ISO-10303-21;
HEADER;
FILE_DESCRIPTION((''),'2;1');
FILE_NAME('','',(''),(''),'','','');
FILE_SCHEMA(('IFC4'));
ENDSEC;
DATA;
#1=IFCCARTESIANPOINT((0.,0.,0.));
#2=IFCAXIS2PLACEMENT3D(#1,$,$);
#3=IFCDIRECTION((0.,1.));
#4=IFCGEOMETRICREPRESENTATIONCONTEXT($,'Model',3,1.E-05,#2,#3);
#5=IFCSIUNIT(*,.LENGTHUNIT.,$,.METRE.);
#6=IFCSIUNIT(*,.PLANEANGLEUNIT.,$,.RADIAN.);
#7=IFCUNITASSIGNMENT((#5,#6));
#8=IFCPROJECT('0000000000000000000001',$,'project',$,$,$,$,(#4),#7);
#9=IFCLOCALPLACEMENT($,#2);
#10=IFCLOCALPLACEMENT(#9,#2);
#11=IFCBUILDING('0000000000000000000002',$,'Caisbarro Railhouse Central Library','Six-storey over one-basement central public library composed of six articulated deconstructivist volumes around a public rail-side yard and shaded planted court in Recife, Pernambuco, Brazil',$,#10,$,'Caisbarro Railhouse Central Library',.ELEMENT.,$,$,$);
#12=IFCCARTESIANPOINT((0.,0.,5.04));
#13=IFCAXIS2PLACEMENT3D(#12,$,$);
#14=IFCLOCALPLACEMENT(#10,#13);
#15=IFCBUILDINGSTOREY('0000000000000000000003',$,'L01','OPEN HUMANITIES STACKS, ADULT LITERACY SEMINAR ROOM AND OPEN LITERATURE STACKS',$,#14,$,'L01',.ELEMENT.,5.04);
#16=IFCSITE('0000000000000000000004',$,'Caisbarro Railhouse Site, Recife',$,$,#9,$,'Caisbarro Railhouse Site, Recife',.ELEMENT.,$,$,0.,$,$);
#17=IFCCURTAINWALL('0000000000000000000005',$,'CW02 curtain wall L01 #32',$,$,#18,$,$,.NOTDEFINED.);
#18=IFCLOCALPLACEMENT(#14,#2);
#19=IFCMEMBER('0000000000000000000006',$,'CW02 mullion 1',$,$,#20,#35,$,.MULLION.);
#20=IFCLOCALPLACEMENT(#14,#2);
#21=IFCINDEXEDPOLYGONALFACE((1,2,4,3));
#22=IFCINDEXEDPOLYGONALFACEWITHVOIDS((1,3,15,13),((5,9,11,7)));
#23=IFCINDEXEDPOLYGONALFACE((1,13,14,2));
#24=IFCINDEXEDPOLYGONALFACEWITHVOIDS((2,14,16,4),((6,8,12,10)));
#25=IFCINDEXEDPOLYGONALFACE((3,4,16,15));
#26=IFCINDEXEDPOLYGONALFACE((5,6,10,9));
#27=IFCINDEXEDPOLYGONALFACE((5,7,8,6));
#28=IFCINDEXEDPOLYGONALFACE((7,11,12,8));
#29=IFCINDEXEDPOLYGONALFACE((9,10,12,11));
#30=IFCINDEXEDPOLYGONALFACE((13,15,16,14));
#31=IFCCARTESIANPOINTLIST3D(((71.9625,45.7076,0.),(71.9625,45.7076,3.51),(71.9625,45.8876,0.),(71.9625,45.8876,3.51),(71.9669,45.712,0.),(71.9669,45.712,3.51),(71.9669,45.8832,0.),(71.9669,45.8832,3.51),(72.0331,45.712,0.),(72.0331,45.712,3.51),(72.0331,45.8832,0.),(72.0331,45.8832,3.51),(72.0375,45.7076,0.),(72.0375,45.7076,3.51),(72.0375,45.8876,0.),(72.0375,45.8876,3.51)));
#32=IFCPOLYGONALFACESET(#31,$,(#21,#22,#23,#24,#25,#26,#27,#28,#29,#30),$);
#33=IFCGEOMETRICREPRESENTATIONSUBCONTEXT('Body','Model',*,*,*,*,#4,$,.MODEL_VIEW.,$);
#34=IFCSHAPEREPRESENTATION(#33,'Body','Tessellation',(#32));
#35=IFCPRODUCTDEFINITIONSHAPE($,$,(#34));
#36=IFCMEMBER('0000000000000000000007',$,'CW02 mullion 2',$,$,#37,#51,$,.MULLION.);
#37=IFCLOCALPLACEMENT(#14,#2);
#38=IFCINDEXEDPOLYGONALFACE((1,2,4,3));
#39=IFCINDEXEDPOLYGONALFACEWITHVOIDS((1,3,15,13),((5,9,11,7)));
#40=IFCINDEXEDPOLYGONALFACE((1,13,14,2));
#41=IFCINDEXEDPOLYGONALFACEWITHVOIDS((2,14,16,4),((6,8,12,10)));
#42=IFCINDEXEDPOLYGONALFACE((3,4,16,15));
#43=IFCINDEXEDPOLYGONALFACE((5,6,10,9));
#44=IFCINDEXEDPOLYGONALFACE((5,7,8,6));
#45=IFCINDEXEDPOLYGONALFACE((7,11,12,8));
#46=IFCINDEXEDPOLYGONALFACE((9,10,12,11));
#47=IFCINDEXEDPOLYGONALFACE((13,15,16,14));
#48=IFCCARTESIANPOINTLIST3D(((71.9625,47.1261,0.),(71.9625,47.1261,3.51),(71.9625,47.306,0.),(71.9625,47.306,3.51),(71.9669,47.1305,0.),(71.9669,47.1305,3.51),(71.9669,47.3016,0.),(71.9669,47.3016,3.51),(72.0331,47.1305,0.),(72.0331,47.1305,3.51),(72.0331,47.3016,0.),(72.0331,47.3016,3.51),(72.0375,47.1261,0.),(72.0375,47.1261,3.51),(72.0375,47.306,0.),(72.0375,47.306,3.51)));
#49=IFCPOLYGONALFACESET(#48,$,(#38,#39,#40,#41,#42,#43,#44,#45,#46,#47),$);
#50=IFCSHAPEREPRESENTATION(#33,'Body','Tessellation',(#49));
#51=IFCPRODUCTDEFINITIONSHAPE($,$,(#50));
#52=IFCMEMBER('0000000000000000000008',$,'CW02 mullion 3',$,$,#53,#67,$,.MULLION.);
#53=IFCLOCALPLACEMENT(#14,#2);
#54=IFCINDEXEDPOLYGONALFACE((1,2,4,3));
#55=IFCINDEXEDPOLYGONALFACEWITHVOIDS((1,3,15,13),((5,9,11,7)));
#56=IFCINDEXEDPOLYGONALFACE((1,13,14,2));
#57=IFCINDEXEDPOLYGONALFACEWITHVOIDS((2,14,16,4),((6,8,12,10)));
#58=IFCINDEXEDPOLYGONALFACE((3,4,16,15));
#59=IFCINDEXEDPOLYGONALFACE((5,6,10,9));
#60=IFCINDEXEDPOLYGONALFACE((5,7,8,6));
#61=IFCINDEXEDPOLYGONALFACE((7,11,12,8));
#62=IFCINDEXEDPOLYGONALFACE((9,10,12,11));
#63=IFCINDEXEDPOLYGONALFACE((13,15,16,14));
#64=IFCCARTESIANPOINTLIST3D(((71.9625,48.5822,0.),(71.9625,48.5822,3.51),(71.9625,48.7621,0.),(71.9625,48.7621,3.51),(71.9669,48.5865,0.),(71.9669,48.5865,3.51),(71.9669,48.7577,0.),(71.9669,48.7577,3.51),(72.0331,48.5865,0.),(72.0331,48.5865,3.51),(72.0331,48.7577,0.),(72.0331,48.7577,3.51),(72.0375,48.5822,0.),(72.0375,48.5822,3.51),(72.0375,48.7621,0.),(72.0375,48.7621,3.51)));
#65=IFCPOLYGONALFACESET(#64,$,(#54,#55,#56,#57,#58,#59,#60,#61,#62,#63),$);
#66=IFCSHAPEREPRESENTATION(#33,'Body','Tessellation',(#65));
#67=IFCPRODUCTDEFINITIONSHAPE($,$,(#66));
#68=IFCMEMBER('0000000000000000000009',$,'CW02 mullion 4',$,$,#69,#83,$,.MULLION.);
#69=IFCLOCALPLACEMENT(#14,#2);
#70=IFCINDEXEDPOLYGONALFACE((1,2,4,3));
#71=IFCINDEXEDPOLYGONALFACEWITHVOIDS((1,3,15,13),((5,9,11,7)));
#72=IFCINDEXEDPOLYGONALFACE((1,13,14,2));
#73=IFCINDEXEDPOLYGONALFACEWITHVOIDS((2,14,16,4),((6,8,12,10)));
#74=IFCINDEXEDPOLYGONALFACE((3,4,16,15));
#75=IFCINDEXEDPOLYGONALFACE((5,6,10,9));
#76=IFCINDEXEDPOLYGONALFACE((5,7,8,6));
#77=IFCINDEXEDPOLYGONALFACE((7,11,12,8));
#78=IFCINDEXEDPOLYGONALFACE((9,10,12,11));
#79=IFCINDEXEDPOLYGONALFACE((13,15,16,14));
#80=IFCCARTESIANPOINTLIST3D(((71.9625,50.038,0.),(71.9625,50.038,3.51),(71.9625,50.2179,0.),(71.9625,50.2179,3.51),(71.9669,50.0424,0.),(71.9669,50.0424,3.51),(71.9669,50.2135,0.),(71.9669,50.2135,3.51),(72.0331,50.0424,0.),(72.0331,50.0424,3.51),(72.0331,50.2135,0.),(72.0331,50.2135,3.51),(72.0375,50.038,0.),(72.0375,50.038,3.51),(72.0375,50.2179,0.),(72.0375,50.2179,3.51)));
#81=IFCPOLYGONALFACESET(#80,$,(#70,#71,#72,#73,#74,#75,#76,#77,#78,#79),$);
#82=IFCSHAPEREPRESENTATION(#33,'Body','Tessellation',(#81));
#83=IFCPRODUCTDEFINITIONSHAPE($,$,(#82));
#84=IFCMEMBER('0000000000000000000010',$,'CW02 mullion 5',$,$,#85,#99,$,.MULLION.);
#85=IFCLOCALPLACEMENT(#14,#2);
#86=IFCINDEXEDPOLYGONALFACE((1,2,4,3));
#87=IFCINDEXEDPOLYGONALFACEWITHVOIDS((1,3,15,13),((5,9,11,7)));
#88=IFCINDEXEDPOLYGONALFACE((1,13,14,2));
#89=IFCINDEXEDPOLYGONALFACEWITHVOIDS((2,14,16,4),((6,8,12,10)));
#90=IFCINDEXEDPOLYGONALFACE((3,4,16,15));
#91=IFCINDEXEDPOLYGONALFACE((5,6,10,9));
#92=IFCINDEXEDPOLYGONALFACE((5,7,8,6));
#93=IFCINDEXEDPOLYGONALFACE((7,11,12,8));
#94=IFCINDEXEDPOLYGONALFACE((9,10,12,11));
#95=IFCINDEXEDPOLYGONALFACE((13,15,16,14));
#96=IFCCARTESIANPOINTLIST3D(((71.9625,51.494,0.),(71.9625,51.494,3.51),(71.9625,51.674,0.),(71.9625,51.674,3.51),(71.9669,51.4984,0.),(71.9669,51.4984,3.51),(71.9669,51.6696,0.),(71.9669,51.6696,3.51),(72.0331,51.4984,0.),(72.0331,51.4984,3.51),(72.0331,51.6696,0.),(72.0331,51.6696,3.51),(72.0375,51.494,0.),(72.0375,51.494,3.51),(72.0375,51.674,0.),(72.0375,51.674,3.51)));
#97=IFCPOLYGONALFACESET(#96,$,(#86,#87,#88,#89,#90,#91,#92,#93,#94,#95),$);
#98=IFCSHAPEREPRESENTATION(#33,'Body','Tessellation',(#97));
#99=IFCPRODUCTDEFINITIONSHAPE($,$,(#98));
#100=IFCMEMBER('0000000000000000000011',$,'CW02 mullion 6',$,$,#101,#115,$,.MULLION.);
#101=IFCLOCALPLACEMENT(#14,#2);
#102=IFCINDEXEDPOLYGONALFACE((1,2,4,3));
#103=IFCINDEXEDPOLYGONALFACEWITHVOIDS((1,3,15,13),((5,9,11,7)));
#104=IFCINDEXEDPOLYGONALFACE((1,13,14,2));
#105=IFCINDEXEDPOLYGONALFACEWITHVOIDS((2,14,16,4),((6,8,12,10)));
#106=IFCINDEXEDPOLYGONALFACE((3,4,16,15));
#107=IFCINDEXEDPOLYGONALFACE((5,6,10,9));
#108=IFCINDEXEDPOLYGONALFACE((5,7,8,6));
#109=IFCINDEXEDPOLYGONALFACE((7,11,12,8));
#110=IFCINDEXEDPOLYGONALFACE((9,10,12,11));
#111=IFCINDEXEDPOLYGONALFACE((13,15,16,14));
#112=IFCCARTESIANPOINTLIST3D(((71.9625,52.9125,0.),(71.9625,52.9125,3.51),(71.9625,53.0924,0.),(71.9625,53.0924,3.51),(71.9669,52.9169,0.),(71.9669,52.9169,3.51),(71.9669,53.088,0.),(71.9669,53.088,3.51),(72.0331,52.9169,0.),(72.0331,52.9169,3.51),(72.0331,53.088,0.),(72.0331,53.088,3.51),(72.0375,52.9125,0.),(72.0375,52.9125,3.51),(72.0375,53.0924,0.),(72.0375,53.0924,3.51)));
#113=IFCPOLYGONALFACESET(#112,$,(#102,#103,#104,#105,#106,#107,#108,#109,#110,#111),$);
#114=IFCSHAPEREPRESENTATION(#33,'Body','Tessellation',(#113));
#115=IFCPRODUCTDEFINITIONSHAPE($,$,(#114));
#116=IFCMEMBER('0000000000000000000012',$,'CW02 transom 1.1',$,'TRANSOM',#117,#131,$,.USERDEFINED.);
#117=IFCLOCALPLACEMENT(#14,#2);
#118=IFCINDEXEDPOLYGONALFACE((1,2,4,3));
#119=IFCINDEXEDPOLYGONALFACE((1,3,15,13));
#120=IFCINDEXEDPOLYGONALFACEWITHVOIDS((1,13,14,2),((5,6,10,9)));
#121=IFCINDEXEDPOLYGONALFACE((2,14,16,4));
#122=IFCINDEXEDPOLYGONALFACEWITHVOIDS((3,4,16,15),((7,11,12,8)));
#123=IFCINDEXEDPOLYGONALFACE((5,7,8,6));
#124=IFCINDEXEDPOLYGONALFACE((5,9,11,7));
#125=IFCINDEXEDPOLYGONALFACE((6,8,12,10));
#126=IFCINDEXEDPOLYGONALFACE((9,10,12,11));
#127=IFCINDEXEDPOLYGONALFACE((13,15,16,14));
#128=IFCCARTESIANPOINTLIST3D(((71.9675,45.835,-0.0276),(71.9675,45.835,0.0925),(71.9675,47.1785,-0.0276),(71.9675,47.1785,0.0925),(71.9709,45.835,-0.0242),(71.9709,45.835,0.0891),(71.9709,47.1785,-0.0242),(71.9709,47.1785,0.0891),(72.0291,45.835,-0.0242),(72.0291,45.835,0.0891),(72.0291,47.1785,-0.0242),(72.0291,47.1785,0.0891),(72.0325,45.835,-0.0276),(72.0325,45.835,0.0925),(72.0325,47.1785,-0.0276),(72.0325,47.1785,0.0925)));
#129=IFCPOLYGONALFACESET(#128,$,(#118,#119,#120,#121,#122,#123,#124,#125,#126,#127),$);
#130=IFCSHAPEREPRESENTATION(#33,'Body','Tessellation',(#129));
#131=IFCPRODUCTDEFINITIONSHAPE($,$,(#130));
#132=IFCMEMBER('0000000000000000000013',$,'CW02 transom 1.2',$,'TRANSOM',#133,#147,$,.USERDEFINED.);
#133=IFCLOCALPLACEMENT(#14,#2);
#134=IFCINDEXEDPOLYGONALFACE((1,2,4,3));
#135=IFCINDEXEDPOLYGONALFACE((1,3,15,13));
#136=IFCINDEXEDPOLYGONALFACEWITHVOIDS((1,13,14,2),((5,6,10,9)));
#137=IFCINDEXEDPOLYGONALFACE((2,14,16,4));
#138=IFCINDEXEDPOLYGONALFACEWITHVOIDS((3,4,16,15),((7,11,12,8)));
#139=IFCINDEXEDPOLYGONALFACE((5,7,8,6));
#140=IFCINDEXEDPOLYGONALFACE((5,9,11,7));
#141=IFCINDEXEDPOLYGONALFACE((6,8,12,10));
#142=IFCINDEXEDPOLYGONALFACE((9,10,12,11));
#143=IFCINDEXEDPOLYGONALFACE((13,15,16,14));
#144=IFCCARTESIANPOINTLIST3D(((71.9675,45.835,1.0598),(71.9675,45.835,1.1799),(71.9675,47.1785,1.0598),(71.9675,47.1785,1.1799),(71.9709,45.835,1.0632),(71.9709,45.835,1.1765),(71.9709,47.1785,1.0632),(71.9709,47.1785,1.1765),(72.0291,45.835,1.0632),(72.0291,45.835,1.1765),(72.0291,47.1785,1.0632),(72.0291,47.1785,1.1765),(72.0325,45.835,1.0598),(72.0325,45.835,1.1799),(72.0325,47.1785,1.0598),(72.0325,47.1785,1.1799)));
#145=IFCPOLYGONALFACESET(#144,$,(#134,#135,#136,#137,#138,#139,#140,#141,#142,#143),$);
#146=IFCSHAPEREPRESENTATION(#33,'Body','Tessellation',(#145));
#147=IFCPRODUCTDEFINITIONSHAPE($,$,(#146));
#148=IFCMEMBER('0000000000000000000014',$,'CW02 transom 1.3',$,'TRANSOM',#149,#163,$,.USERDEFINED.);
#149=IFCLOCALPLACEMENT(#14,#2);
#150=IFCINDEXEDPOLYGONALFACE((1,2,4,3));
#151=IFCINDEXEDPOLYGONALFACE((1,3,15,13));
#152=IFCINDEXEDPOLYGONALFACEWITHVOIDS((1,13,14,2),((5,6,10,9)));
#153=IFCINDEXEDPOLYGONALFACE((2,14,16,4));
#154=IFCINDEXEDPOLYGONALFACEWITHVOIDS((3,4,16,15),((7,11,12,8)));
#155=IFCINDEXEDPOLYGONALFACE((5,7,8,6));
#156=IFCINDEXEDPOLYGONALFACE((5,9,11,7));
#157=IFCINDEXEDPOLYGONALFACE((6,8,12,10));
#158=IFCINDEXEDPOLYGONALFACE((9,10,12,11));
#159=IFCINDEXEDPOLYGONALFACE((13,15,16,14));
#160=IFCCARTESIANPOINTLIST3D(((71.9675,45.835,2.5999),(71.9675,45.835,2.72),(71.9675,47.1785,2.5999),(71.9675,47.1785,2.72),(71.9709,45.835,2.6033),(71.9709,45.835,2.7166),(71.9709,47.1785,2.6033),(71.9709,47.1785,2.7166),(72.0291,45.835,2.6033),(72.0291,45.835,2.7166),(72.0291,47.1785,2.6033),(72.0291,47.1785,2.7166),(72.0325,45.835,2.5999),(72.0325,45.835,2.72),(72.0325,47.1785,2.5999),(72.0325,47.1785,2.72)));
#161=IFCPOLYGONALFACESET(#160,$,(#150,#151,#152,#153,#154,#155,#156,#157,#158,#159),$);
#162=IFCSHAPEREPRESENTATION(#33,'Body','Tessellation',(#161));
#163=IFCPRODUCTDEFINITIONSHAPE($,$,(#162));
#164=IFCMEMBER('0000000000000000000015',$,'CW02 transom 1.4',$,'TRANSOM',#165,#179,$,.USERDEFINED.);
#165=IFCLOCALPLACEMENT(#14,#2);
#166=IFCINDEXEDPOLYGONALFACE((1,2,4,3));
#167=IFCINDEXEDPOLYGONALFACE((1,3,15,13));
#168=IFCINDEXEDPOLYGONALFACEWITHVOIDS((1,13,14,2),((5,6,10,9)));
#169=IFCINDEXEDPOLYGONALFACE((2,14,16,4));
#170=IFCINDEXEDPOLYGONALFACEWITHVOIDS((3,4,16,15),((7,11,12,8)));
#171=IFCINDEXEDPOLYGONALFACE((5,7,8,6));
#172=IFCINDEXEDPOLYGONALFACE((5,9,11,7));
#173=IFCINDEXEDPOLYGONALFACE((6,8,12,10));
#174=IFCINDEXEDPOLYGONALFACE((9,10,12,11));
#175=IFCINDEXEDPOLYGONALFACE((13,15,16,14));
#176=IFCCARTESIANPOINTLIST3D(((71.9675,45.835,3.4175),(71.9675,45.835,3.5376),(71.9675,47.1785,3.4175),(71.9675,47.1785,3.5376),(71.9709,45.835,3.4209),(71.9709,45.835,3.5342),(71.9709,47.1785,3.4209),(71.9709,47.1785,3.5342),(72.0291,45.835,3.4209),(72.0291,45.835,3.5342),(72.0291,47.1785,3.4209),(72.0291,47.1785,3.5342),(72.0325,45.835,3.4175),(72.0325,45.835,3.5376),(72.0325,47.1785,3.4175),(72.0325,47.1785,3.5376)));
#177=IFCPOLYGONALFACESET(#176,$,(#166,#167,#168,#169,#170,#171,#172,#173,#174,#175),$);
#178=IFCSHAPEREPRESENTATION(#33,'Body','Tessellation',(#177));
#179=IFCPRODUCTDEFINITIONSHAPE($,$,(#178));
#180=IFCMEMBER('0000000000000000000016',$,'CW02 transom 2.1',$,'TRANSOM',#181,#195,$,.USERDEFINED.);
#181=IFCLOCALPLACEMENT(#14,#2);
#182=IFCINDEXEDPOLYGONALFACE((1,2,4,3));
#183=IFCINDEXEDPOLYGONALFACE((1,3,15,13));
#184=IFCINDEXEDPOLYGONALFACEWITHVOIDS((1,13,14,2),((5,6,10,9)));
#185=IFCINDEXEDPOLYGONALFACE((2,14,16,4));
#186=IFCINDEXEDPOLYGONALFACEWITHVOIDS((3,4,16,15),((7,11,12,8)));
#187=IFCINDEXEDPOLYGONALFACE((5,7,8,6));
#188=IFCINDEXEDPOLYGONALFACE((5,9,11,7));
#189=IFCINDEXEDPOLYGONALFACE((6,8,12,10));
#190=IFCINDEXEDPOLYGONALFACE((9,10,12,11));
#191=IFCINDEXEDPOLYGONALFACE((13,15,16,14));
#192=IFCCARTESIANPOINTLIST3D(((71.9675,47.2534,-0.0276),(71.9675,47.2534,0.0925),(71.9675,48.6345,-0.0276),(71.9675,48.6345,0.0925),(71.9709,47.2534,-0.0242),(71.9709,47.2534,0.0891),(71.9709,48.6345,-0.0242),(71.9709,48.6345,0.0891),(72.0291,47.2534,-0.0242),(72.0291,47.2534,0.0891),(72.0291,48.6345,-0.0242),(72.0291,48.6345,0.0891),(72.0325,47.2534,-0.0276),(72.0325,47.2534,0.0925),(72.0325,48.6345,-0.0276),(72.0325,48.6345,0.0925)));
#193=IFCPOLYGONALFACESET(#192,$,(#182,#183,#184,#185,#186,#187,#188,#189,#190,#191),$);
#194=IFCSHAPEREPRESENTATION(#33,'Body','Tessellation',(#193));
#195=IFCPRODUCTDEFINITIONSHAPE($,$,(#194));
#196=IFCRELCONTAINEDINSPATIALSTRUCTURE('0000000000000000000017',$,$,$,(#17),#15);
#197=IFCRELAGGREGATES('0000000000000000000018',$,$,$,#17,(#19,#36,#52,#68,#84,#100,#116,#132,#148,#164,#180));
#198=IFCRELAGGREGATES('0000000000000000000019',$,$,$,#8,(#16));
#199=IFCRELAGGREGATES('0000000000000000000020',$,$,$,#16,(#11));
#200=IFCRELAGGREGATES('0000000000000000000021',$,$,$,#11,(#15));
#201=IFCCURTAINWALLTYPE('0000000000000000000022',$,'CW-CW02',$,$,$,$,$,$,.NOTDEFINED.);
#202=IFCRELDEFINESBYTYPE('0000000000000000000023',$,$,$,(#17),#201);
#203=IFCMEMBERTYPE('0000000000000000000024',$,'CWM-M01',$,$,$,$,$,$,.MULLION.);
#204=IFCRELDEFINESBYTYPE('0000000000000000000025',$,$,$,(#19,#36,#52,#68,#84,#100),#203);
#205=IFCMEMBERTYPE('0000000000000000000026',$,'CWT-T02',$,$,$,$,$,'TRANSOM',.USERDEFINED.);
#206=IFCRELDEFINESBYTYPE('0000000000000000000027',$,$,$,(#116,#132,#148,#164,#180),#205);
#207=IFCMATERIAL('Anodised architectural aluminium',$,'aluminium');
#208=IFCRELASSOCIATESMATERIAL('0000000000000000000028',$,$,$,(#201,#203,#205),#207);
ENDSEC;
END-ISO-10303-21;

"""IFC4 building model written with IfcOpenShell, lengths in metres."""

from ifc_helpers import new_model, si_unit, direction, frame, origin, origin_2d, place, context, subcontext, project, spatial, hollow_rectangle, extrude, material, material_profile, profile_set, type_object, element, aggregate, save


model = new_model("IFC4")

# Units and contexts
model_context = context("Model", 3, precision=1e-05, world=origin(), true_north=direction((0.0, 1.0)))
body_context = subcontext(model_context, "Body", "Model", "MODEL_VIEW")
ifc_project = project(units=[si_unit("LENGTHUNIT", "METRE"), si_unit("PLANEANGLEUNIT", "RADIAN")], contexts=[model_context])

# Site, building, storey
site_placement = place(None, origin())
site = spatial("IfcSite", under=ifc_project, at=site_placement, Name="Caisbarro Railhouse Site, Recife", LongName="Caisbarro Railhouse Site, Recife", CompositionType="ELEMENT", RefElevation=0.0)
building_placement = place(site_placement, origin())
building = spatial("IfcBuilding", under=site, at=building_placement, Name="Caisbarro Railhouse Central Library", Description="Six-storey over one-basement central public library composed of six articulated deconstructivist volumes around a public rail-side yard and shaded planted court in Recife, Pernambuco, Brazil", LongName="Caisbarro Railhouse Central Library", CompositionType="ELEMENT")
storey_placement = place(building_placement, frame((0.0, 0.0, 5.04)))
storey = spatial("IfcBuildingStorey", under=building, at=storey_placement, Name="L01", Description="OPEN HUMANITIES STACKS, ADULT LITERACY SEMINAR ROOM AND OPEN LITERATURE STACKS", LongName="L01", CompositionType="ELEMENT", Elevation=5.04)

# Curtain wall, members
ifc_material_1 = material(Name="Anodised architectural aluminium", Category="aluminium")
curtain_wall_type = type_object("IfcCurtainWallType", Name="CW-CW02", PredefinedType="NOTDEFINED", material=ifc_material_1)
curtain_wall_placement = place(storey_placement, origin())
curtain_wall = element("IfcCurtainWall", 1, at=curtain_wall_placement, inside=storey, type_object=curtain_wall_type, Name="CW02 curtain wall L01 #32", PredefinedType="NOTDEFINED")
ifc_material_profile_1 = material_profile(ifc_material_1, hollow_rectangle(XDim=0.075, YDim=0.1799, WallThickness=0.0044, at=origin_2d()), Name="ALU-MUL-75X180")
ifc_profile_set_1 = profile_set([ifc_material_profile_1], Name="Anodised architectural aluminium")
member_type_1 = type_object("IfcMemberType", Name="CWM-M01", PredefinedType="MULLION", material=ifc_profile_set_1)
member_1_placement = place(storey_placement, frame((72.0, 45.7976, 0.0), z_axis=(0.0, 0.0, 1.0), x_axis=(-1.0, 0.0, 0.0)))
member_1 = element("IfcMember", 2, at=member_1_placement, type_object=member_type_1, Name="CW02 mullion 1", PredefinedType="MULLION", context=body_context, shape_type="SweptSolid", body=[
    extrude(hollow_rectangle(XDim=0.075, YDim=0.1799, WallThickness=0.0044, at=origin_2d()), origin(), (0.0, 0.0, 1.0), 3.51),
])
member_2_placement = place(storey_placement, frame((72.0, 47.2161, 0.0), z_axis=(0.0, 0.0, 1.0), x_axis=(-1.0, 0.0, 0.0)))
member_2 = element("IfcMember", 3, at=member_2_placement, type_object=member_type_1, Name="CW02 mullion 2", PredefinedType="MULLION", context=body_context, shape_type="SweptSolid", body=[
    extrude(hollow_rectangle(XDim=0.075, YDim=0.1799, WallThickness=0.0044, at=origin_2d()), origin(), (0.0, 0.0, 1.0), 3.51),
])
member_3_placement = place(storey_placement, frame((72.0, 48.6721, 0.0), z_axis=(0.0, 0.0, 1.0), x_axis=(-1.0, 0.0, 0.0)))
member_3 = element("IfcMember", 4, at=member_3_placement, type_object=member_type_1, Name="CW02 mullion 3", PredefinedType="MULLION", context=body_context, shape_type="SweptSolid", body=[
    extrude(hollow_rectangle(XDim=0.075, YDim=0.1799, WallThickness=0.0044, at=origin_2d()), origin(), (0.0, 0.0, 1.0), 3.51),
])
member_4_placement = place(storey_placement, frame((72.0, 50.1279, 0.0), z_axis=(0.0, 0.0, 1.0), x_axis=(-1.0, 0.0, 0.0)))
member_4 = element("IfcMember", 5, at=member_4_placement, type_object=member_type_1, Name="CW02 mullion 4", PredefinedType="MULLION", context=body_context, shape_type="SweptSolid", body=[
    extrude(hollow_rectangle(XDim=0.075, YDim=0.1799, WallThickness=0.0044, at=origin_2d()), origin(), (0.0, 0.0, 1.0), 3.51),
])
member_5_placement = place(storey_placement, frame((72.0, 51.584, 0.0), z_axis=(0.0, 0.0, 1.0), x_axis=(-1.0, 0.0, 0.0)))
member_5 = element("IfcMember", 6, at=member_5_placement, type_object=member_type_1, Name="CW02 mullion 5", PredefinedType="MULLION", context=body_context, shape_type="SweptSolid", body=[
    extrude(hollow_rectangle(XDim=0.075, YDim=0.1799, WallThickness=0.0044, at=origin_2d()), origin(), (0.0, 0.0, 1.0), 3.51),
])
member_6_placement = place(storey_placement, frame((72.0, 53.0024, 0.0), z_axis=(0.0, 0.0, 1.0), x_axis=(-1.0, 0.0, 0.0)))
member_6 = element("IfcMember", 7, at=member_6_placement, type_object=member_type_1, Name="CW02 mullion 6", PredefinedType="MULLION", context=body_context, shape_type="SweptSolid", body=[
    extrude(hollow_rectangle(XDim=0.075, YDim=0.1799, WallThickness=0.0044, at=origin_2d()), origin(), (0.0, 0.0, 1.0), 3.51),
])
ifc_material_profile_2 = material_profile(ifc_material_1, hollow_rectangle(XDim=0.0649, YDim=0.1201, WallThickness=0.0034, at=origin_2d()), Name="ALU-TRN-65X120")
ifc_profile_set_2 = profile_set([ifc_material_profile_2], Name="Anodised architectural aluminium")
member_type_2 = type_object("IfcMemberType", Name="CWT-T02", ElementType="TRANSOM", PredefinedType="USERDEFINED", material=ifc_profile_set_2)
member_7_placement = place(storey_placement, frame((72.0, 45.835, 0.0325), z_axis=(0.0, 1.0, 0.0), x_axis=(-1.0, 0.0, 0.0)))
member_7 = element("IfcMember", 8, at=member_7_placement, type_object=member_type_2, Name="CW02 transom 1.1", ObjectType="TRANSOM", PredefinedType="USERDEFINED", context=body_context, shape_type="SweptSolid", body=[
    extrude(hollow_rectangle(XDim=0.0649, YDim=0.1201, WallThickness=0.0034, at=origin_2d()), origin(), (0.0, 0.0, 1.0), 1.3435),
])
member_8_placement = place(storey_placement, frame((72.0, 45.835, 1.1199), z_axis=(0.0, 1.0, 0.0), x_axis=(-1.0, 0.0, 0.0)))
member_8 = element("IfcMember", 9, at=member_8_placement, type_object=member_type_2, Name="CW02 transom 1.2", ObjectType="TRANSOM", PredefinedType="USERDEFINED", context=body_context, shape_type="SweptSolid", body=[
    extrude(hollow_rectangle(XDim=0.0649, YDim=0.1201, WallThickness=0.0034, at=origin_2d()), origin(), (0.0, 0.0, 1.0), 1.3435),
])
member_9_placement = place(storey_placement, frame((72.0, 45.835, 2.6599), z_axis=(0.0, 1.0, 0.0), x_axis=(-1.0, 0.0, 0.0)))
member_9 = element("IfcMember", 10, at=member_9_placement, type_object=member_type_2, Name="CW02 transom 1.3", ObjectType="TRANSOM", PredefinedType="USERDEFINED", context=body_context, shape_type="SweptSolid", body=[
    extrude(hollow_rectangle(XDim=0.0649, YDim=0.1201, WallThickness=0.0034, at=origin_2d()), origin(), (0.0, 0.0, 1.0), 1.3435),
])
member_10_placement = place(storey_placement, frame((72.0, 45.835, 3.4775), z_axis=(0.0, 1.0, 0.0), x_axis=(-1.0, 0.0, 0.0)))
member_10 = element("IfcMember", 11, at=member_10_placement, type_object=member_type_2, Name="CW02 transom 1.4", ObjectType="TRANSOM", PredefinedType="USERDEFINED", context=body_context, shape_type="SweptSolid", body=[
    extrude(hollow_rectangle(XDim=0.0649, YDim=0.1201, WallThickness=0.0034, at=origin_2d()), origin(), (0.0, 0.0, 1.0), 1.3435),
])
member_11_placement = place(storey_placement, frame((72.0, 47.2534, 0.0325), z_axis=(0.0, 1.0, 0.0), x_axis=(-1.0, 0.0, 0.0)))
member_11 = element("IfcMember", 12, at=member_11_placement, type_object=member_type_2, Name="CW02 transom 2.1", ObjectType="TRANSOM", PredefinedType="USERDEFINED", context=body_context, shape_type="SweptSolid", body=[
    extrude(hollow_rectangle(XDim=0.0649, YDim=0.1201, WallThickness=0.0034, at=origin_2d()), origin(), (0.0, 0.0, 1.0), 1.3811),
])
aggregate(curtain_wall, [member_1, member_2, member_3, member_4, member_5, member_6, member_7, member_8, member_9, member_10, member_11])

save(model, "model.ifc")
